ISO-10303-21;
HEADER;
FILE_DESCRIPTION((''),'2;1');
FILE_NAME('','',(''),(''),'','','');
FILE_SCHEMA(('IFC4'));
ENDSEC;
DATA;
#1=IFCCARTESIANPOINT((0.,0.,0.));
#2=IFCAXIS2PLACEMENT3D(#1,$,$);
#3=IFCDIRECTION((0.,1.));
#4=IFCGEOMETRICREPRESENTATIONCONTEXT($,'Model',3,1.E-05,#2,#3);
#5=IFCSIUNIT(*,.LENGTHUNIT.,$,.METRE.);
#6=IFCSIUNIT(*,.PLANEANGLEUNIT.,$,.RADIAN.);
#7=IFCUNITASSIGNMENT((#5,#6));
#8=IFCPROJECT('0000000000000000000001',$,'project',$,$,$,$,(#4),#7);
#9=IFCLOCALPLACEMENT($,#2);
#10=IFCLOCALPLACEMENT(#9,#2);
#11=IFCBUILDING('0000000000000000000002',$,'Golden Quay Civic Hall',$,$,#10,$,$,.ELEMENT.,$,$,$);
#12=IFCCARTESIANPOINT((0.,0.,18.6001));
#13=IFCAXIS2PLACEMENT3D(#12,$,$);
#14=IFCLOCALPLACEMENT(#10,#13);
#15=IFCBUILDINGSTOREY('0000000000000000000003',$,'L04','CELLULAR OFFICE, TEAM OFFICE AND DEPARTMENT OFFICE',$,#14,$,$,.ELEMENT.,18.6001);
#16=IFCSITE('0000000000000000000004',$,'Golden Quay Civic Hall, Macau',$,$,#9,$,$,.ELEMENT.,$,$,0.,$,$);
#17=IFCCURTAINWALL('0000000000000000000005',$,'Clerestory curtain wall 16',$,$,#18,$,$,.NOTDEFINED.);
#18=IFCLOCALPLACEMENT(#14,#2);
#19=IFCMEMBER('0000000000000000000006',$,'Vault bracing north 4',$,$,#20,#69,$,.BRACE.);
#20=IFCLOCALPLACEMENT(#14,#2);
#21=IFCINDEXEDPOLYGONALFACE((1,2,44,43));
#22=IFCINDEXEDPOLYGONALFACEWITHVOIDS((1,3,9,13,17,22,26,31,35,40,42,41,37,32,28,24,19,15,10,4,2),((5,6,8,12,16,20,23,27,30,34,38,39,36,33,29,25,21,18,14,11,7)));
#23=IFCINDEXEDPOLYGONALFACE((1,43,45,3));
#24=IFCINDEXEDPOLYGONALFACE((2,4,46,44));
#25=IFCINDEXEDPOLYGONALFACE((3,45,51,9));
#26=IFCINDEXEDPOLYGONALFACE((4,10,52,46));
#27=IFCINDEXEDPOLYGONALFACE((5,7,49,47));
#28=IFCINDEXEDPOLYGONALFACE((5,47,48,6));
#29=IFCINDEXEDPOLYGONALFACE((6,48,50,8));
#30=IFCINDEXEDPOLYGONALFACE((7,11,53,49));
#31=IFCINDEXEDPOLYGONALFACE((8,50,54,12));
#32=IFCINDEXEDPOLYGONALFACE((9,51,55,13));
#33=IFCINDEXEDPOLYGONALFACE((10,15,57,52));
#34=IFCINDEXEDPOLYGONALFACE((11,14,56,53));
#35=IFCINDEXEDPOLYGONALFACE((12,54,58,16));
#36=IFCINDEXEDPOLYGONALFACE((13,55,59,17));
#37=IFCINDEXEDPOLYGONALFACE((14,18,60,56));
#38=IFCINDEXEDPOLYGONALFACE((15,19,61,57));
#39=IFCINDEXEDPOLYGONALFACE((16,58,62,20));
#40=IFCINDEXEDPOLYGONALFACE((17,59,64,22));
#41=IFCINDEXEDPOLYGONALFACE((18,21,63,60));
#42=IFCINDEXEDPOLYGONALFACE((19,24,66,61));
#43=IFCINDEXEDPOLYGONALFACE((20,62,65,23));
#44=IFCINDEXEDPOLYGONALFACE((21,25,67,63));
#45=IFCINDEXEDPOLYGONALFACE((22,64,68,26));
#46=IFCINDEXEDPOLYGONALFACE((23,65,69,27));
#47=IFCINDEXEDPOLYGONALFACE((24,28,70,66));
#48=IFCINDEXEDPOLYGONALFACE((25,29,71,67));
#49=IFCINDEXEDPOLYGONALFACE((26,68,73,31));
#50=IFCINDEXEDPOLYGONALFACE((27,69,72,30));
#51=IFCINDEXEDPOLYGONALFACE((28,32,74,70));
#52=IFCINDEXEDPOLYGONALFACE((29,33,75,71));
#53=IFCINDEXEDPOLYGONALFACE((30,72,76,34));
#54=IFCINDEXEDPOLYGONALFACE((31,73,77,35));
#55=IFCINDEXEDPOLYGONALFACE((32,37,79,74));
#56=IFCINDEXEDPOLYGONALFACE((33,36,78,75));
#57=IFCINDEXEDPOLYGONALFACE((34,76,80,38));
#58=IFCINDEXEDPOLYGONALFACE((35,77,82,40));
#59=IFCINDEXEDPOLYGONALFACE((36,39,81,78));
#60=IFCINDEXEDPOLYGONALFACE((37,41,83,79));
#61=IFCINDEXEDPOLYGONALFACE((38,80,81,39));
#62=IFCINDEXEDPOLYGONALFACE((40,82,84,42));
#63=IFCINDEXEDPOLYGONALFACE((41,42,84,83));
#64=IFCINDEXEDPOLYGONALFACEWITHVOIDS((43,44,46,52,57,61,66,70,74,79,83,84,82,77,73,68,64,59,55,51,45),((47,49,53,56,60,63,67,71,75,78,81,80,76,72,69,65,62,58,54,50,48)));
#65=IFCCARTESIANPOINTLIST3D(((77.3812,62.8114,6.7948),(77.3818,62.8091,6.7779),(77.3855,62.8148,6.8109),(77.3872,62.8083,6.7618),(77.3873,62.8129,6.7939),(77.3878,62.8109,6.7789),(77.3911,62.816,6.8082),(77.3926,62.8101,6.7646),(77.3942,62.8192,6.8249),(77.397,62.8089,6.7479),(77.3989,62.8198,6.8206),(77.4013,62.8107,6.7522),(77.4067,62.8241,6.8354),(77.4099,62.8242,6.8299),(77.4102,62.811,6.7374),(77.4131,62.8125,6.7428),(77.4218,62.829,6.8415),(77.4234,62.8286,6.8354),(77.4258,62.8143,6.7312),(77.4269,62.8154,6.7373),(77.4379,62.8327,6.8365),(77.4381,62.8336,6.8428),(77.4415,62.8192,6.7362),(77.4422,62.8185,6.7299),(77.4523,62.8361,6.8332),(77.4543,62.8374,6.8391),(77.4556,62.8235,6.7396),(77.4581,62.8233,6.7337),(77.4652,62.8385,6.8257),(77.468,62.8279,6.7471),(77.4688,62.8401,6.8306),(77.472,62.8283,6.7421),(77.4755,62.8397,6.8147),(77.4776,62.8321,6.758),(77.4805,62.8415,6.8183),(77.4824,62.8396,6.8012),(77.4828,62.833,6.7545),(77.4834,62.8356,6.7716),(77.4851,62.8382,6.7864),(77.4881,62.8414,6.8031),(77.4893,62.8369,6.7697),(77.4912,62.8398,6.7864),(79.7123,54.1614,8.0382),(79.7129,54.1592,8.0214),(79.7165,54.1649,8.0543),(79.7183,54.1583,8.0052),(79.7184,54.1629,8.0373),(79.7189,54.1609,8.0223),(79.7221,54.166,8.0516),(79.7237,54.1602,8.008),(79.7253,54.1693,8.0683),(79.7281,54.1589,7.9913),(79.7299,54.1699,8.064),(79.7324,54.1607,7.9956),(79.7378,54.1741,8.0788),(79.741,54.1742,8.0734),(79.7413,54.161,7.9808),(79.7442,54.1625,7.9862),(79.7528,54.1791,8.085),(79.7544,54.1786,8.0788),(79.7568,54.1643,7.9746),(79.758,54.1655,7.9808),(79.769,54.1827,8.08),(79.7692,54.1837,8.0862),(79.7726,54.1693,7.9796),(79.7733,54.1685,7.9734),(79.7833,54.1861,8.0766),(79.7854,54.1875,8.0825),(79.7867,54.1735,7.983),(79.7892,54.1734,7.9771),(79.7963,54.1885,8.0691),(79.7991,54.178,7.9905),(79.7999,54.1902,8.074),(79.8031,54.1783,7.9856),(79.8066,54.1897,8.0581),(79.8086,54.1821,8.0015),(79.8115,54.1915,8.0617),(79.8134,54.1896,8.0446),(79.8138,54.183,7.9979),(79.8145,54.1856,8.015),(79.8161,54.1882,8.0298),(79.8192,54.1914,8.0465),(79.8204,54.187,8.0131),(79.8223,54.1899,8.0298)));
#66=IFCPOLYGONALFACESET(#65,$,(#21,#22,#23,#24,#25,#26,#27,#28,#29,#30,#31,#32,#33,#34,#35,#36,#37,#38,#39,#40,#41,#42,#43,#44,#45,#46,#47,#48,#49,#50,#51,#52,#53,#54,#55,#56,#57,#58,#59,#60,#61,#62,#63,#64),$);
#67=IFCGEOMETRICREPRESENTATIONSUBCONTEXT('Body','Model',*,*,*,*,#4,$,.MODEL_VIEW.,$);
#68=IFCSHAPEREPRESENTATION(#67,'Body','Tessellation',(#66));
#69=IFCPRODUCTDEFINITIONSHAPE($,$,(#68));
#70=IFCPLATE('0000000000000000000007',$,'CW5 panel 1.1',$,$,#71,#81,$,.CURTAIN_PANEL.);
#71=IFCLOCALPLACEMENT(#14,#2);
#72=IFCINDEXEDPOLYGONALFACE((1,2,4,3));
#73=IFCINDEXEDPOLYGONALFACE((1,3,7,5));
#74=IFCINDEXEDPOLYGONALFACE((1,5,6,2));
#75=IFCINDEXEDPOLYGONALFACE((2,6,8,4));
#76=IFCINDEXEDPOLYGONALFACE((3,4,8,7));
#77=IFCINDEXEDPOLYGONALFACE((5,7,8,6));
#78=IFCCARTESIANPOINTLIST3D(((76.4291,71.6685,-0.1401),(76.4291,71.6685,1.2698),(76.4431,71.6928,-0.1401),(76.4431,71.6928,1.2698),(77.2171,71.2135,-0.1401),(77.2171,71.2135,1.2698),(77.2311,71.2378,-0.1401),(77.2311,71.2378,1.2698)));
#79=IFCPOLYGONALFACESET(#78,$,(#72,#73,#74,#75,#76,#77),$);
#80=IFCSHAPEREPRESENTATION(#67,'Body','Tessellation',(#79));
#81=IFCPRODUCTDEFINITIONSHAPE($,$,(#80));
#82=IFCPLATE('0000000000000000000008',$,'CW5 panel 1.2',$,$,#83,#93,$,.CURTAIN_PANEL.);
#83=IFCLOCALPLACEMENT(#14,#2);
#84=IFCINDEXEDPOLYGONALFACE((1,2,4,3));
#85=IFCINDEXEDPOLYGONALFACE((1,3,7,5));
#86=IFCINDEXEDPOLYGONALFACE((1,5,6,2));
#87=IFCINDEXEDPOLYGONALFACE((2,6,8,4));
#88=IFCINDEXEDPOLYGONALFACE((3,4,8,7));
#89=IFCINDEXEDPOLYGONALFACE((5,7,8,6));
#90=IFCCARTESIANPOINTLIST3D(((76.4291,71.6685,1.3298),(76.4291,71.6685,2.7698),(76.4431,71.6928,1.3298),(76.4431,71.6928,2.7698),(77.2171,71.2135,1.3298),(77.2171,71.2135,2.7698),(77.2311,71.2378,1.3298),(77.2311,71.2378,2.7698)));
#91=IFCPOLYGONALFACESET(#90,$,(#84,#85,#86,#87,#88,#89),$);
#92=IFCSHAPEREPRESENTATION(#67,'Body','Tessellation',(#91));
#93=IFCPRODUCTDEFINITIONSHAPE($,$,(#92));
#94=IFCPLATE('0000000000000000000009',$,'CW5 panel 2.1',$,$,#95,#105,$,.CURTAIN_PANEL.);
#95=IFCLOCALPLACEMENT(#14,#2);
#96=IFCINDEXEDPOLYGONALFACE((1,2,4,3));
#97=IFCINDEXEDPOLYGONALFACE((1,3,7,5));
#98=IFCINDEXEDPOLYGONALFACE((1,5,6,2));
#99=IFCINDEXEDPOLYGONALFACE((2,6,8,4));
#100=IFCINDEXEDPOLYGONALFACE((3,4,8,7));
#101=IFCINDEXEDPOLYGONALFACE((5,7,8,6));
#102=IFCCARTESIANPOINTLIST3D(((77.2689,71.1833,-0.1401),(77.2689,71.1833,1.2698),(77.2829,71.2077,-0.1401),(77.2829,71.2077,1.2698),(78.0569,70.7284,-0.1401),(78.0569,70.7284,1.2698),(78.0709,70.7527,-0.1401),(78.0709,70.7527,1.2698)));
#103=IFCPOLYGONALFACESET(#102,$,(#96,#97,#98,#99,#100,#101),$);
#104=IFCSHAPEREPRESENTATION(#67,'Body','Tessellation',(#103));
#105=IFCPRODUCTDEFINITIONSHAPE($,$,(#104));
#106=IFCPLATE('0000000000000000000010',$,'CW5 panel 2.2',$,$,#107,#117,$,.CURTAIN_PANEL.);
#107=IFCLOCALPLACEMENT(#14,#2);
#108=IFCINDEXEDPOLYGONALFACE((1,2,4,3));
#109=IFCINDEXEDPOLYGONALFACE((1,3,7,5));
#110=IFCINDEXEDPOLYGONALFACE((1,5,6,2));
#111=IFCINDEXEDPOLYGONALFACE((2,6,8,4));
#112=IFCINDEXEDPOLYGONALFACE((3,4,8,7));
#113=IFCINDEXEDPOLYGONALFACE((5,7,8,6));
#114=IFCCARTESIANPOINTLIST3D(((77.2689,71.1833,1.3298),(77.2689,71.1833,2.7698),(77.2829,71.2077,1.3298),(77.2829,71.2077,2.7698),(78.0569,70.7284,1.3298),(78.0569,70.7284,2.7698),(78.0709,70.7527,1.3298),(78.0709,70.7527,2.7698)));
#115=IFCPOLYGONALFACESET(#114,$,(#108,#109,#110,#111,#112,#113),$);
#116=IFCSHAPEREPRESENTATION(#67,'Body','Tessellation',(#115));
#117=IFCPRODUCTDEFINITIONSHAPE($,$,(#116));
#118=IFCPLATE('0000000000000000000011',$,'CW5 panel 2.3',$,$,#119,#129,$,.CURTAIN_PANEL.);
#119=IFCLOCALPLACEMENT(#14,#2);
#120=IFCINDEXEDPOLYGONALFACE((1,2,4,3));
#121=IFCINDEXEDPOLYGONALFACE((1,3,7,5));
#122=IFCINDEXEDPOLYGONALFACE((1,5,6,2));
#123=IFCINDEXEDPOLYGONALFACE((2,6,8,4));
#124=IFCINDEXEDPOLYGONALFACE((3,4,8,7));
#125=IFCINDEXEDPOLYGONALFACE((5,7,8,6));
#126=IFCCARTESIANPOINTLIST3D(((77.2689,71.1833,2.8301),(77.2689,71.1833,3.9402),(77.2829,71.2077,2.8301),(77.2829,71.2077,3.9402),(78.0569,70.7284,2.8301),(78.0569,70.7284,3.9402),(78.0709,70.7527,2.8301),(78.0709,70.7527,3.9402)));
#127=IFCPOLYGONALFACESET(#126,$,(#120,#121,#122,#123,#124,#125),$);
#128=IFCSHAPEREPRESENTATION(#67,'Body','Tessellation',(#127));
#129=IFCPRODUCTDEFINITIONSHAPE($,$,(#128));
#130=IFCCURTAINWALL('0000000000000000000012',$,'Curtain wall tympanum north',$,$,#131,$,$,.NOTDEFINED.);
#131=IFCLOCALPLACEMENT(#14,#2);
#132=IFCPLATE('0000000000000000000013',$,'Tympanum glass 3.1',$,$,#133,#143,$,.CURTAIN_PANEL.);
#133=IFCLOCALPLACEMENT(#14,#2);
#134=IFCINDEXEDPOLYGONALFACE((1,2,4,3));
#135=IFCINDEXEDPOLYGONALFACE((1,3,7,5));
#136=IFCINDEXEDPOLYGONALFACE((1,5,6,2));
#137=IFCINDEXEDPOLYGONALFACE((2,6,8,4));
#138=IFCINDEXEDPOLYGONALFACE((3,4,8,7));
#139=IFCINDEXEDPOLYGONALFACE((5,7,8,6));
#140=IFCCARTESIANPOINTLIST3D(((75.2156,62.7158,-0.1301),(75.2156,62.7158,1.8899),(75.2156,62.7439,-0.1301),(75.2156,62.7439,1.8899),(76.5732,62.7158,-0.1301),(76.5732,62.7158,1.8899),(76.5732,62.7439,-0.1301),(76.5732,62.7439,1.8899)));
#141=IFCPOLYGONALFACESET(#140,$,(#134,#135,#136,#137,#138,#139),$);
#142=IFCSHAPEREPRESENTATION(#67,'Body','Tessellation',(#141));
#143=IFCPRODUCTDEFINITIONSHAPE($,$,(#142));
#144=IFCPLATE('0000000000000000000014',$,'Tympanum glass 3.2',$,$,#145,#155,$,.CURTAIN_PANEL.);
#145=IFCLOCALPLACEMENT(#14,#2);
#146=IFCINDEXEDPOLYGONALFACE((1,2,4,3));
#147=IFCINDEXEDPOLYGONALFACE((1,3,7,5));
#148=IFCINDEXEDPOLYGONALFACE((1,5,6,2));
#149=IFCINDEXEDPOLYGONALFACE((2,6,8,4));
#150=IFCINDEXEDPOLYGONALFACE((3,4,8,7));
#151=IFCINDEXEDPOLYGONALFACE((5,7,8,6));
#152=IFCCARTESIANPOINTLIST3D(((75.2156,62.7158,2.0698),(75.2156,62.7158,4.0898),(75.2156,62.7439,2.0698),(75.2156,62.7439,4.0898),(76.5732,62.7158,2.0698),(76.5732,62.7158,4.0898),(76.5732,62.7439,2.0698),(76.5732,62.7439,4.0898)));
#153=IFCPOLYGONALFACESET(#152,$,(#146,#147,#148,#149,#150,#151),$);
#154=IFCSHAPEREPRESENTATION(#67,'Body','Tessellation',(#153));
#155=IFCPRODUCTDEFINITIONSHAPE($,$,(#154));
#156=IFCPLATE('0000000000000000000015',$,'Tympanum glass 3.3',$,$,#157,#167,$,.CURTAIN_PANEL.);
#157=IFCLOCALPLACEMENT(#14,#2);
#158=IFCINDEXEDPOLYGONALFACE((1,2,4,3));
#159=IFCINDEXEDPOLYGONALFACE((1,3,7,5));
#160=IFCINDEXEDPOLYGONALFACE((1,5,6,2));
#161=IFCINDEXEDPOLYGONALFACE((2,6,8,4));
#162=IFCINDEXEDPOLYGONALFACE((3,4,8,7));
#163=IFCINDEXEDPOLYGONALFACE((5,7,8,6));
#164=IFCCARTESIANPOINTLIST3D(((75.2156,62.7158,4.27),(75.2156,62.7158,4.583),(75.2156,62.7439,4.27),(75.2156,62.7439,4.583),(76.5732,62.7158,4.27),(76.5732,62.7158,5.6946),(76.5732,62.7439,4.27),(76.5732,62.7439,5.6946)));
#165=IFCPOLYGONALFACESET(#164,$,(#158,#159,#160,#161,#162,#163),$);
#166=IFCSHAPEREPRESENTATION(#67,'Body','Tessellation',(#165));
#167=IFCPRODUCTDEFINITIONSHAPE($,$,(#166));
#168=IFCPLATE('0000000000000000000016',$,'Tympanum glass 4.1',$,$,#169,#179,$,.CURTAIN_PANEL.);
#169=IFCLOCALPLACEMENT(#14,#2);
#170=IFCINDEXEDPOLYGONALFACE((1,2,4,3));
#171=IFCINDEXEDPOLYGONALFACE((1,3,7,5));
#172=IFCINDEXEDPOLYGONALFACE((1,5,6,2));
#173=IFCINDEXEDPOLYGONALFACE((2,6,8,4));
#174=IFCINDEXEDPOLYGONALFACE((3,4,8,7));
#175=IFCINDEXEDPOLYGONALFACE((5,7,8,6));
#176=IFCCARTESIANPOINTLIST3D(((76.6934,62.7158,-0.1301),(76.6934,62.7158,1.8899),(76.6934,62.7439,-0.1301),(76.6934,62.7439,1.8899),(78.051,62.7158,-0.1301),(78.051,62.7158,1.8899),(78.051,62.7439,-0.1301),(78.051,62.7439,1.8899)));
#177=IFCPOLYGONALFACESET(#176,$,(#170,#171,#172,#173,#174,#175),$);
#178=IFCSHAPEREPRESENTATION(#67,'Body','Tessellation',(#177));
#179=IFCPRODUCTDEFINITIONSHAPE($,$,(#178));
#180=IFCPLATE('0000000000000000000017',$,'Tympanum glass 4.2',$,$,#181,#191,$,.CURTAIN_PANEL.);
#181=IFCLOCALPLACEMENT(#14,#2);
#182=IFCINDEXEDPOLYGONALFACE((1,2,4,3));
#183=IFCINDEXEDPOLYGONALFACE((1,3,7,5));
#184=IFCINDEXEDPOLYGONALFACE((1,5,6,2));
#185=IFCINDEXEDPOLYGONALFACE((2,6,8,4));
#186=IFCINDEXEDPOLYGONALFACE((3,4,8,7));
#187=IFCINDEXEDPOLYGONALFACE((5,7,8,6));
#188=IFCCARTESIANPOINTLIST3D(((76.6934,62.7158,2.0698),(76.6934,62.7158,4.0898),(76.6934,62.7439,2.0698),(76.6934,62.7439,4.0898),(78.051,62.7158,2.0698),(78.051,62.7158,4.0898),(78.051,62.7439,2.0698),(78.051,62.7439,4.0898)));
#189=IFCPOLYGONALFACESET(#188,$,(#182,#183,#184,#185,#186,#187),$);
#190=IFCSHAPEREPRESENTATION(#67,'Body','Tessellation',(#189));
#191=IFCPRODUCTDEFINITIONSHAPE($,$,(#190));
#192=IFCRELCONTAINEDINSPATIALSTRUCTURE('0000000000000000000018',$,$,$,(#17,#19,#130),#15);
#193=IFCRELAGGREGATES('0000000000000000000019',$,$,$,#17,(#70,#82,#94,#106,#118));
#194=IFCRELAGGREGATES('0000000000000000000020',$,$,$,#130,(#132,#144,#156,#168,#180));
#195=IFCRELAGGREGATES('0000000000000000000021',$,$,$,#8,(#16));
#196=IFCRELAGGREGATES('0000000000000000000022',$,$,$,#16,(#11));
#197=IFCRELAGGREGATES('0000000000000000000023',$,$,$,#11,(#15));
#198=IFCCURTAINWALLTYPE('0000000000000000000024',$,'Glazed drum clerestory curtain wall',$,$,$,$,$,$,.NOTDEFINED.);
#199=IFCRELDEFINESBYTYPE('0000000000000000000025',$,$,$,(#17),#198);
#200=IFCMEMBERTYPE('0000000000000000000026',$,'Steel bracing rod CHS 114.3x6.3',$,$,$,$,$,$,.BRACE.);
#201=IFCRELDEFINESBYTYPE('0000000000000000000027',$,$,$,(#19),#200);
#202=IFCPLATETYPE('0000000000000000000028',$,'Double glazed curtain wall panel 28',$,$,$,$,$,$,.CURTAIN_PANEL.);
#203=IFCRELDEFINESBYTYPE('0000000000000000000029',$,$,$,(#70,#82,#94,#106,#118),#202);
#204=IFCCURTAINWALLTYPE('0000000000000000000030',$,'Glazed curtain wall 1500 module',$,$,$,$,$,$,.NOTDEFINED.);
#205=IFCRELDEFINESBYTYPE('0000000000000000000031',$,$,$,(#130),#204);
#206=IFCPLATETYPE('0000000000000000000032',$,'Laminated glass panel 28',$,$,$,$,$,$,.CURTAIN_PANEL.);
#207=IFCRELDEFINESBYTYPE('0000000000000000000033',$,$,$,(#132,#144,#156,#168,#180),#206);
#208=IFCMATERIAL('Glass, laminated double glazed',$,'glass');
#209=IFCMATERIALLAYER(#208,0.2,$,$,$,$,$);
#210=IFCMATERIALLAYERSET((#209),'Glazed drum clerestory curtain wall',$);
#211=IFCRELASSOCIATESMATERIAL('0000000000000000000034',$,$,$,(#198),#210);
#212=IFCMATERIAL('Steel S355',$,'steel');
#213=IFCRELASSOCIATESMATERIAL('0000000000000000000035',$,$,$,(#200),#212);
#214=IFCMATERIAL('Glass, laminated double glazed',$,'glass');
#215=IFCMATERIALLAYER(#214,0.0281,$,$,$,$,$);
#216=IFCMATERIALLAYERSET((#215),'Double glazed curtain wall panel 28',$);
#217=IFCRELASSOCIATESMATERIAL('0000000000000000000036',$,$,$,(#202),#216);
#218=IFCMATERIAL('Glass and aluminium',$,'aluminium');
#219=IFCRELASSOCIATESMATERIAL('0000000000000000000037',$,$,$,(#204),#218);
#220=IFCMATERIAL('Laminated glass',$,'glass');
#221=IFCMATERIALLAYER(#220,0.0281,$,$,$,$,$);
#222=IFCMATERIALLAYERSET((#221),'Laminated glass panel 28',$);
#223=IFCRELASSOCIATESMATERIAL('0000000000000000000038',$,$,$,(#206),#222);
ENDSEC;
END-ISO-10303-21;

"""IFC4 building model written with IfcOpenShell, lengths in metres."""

from ifc_helpers import new_model, si_unit, direction, frame, origin, origin_2d, place, context, subcontext, project, spatial, polyline, rectangle, hollow_circle, outline, extrude, material, layer, layer_set, material_profile, profile_set, type_object, element, aggregate, save


model = new_model("IFC4")

# Units and contexts
model_context = context("Model", 3, precision=1e-05, world=origin(), true_north=direction((0.0, 1.0)))
body_context = subcontext(model_context, "Body", "Model", "MODEL_VIEW")
ifc_project = project(units=[si_unit("LENGTHUNIT", "METRE"), si_unit("PLANEANGLEUNIT", "RADIAN")], contexts=[model_context])

# Site, building, storey
site_placement = place(None, origin())
site = spatial("IfcSite", under=ifc_project, at=site_placement, Name="Golden Quay Civic Hall, Macau", CompositionType="ELEMENT", RefElevation=0.0)
building_placement = place(site_placement, origin())
building = spatial("IfcBuilding", under=site, at=building_placement, Name="Golden Quay Civic Hall", CompositionType="ELEMENT")
storey_placement = place(building_placement, frame((0.0, 0.0, 18.6001)))
storey = spatial("IfcBuildingStorey", under=building, at=storey_placement, Name="L04", Description="CELLULAR OFFICE, TEAM OFFICE AND DEPARTMENT OFFICE", CompositionType="ELEMENT", Elevation=18.6001)

# Curtain wall
ifc_material_1 = material(Name="Glass, laminated double glazed", Category="glass")
ifc_layer_1 = layer(ifc_material_1, 0.2)
ifc_layer_set_1 = layer_set([ifc_layer_1], Name="Glazed drum clerestory curtain wall")
curtain_wall_type_1 = type_object("IfcCurtainWallType", Name="Glazed drum clerestory curtain wall", PredefinedType="NOTDEFINED", material=ifc_layer_set_1)
curtain_wall_1_placement = place(storey_placement, origin())
curtain_wall_1 = element("IfcCurtainWall", 1, at=curtain_wall_1_placement, inside=storey, type_object=curtain_wall_type_1, Name="Clerestory curtain wall 16", PredefinedType="NOTDEFINED")

# Member
ifc_material_2 = material(Name="Steel S355", Category="steel")
ifc_material_profile_1 = material_profile(ifc_material_2, hollow_circle(Radius=0.0571, WallThickness=0.0063, at=origin_2d()), Name="CHS 114.3x6.3")
ifc_profile_set_1 = profile_set([ifc_material_profile_1], Name="Steel S355")
member_type_1 = type_object("IfcMemberType", Name="Steel bracing rod CHS 114.3x6.3", PredefinedType="BRACE", material=ifc_profile_set_1)
for number, where, z_axis, x_axis, name in (
    (2, (77.436, 62.825, 6.7864), (0.257735, -0.956385, 0.137479), (0.965553, 0.260206, 0.0), "Vault bracing north 4"),
):
    element("IfcMember", number, at=place(storey_placement, frame(where, z_axis=z_axis, x_axis=x_axis)), inside=storey, type_object=member_type_1, Name=name, PredefinedType="BRACE", context=body_context, shape_type="SweptSolid", body=[
        extrude(hollow_circle(Radius=0.0571, WallThickness=0.0063, at=origin_2d()), origin(), (0.0, 0.0, 1.0), 9.0444),
    ])

# Plates
ifc_material_3 = material(Name="Glass, laminated double glazed", Category="glass")
ifc_layer_2 = layer(ifc_material_3, 0.0281)
ifc_layer_set_2 = layer_set([ifc_layer_2], Name="Double glazed curtain wall panel 28")
plate_type_1 = type_object("IfcPlateType", Name="Double glazed curtain wall panel 28", PredefinedType="CURTAIN_PANEL", material=ifc_layer_set_2)
plate_1_placement = place(storey_placement, frame((76.8301, 71.4531, -0.1401), z_axis=(0.0, 0.0, 1.0), x_axis=(0.866019, -0.500011, 0.0)))
plate_1 = element("IfcPlate", 3, at=plate_1_placement, type_object=plate_type_1, Name="CW5 panel 1.1", PredefinedType="CURTAIN_PANEL", context=body_context, shape_type="SweptSolid", body=[
    extrude(rectangle(XDim=0.9099, YDim=0.0281, at=origin_2d()), origin(), (0.0, 0.0, 1.0), 1.4099),
])
plate_2_placement = place(storey_placement, frame((76.8301, 71.4531, 1.3298), z_axis=(0.0, 0.0, 1.0), x_axis=(0.866019, -0.500011, 0.0)))
plate_2 = element("IfcPlate", 4, at=plate_2_placement, type_object=plate_type_1, Name="CW5 panel 1.2", PredefinedType="CURTAIN_PANEL", context=body_context, shape_type="SweptSolid", body=[
    extrude(rectangle(XDim=0.9099, YDim=0.0281, at=origin_2d()), origin(), (0.0, 0.0, 1.0), 1.4399),
])
plate_3_placement = place(storey_placement, frame((77.6699, 70.968, -0.1401), z_axis=(0.0, 0.0, 1.0), x_axis=(0.866019, -0.500011, 0.0)))
plate_3 = element("IfcPlate", 5, at=plate_3_placement, type_object=plate_type_1, Name="CW5 panel 2.1", PredefinedType="CURTAIN_PANEL", context=body_context, shape_type="SweptSolid", body=[
    extrude(rectangle(XDim=0.9099, YDim=0.0281, at=origin_2d()), origin(), (0.0, 0.0, 1.0), 1.4099),
])
plate_4_placement = place(storey_placement, frame((77.6699, 70.968, 1.3298), z_axis=(0.0, 0.0, 1.0), x_axis=(0.866019, -0.500011, 0.0)))
plate_4 = element("IfcPlate", 6, at=plate_4_placement, type_object=plate_type_1, Name="CW5 panel 2.2", PredefinedType="CURTAIN_PANEL", context=body_context, shape_type="SweptSolid", body=[
    extrude(rectangle(XDim=0.9099, YDim=0.0281, at=origin_2d()), origin(), (0.0, 0.0, 1.0), 1.4399),
])
plate_5_placement = place(storey_placement, frame((77.6699, 70.968, 2.8301), z_axis=(0.0, 0.0, 1.0), x_axis=(0.866019, -0.500011, 0.0)))
plate_5 = element("IfcPlate", 7, at=plate_5_placement, type_object=plate_type_1, Name="CW5 panel 2.3", PredefinedType="CURTAIN_PANEL", context=body_context, shape_type="SweptSolid", body=[
    extrude(rectangle(XDim=0.9099, YDim=0.0281, at=origin_2d()), origin(), (0.0, 0.0, 1.0), 1.1101),
])
aggregate(curtain_wall_1, [plate_1, plate_2, plate_3, plate_4, plate_5])

# Curtain wall, plates
ifc_material_4 = material(Name="Glass and aluminium", Category="aluminium")
curtain_wall_type_2 = type_object("IfcCurtainWallType", Name="Glazed curtain wall 1500 module", PredefinedType="NOTDEFINED", material=ifc_material_4)
curtain_wall_2_placement = place(storey_placement, origin())
curtain_wall_2 = element("IfcCurtainWall", 8, at=curtain_wall_2_placement, inside=storey, type_object=curtain_wall_type_2, Name="Curtain wall tympanum north", PredefinedType="NOTDEFINED")
ifc_material_5 = material(Name="Laminated glass", Category="glass")
ifc_layer_3 = layer(ifc_material_5, 0.0281)
ifc_layer_set_3 = layer_set([ifc_layer_3], Name="Laminated glass panel 28")
plate_type_2 = type_object("IfcPlateType", Name="Laminated glass panel 28", PredefinedType="CURTAIN_PANEL", material=ifc_layer_set_3)
plate_6_placement = place(storey_placement, frame((76.5732, 62.7439, -0.1301), z_axis=(0.0, 1.0, 0.0), x_axis=(-1.0, 0.0, 0.0)))
plate_6 = element("IfcPlate", 9, at=plate_6_placement, type_object=plate_type_2, Name="Tympanum glass 3.1", PredefinedType="CURTAIN_PANEL", context=body_context, shape_type="SweptSolid", body=[
    extrude(outline(polyline([(0.0, 0.0), (1.3577, 0.0), (1.3577, 2.02), (0.0, 2.02), (0.0, 0.0)])), origin(), (0.0, 0.0, -1.0), 0.0281),
])
plate_7_placement = place(storey_placement, frame((76.5732, 62.7439, 2.0698), z_axis=(0.0, 1.0, 0.0), x_axis=(-1.0, 0.0, 0.0)))
plate_7 = element("IfcPlate", 10, at=plate_7_placement, type_object=plate_type_2, Name="Tympanum glass 3.2", PredefinedType="CURTAIN_PANEL", context=body_context, shape_type="SweptSolid", body=[
    extrude(outline(polyline([(0.0, 0.0), (1.3577, 0.0), (1.3577, 2.02), (0.0, 2.02), (0.0, 0.0)])), origin(), (0.0, 0.0, -1.0), 0.0281),
])
plate_8_placement = place(storey_placement, frame((76.5732, 62.7439, 4.27), z_axis=(0.0, 1.0, 0.0), x_axis=(-1.0, 0.0, 0.0)))
plate_8 = element("IfcPlate", 11, at=plate_8_placement, type_object=plate_type_2, Name="Tympanum glass 3.3", PredefinedType="CURTAIN_PANEL", context=body_context, shape_type="SweptSolid", body=[
    extrude(outline(polyline([(0.0, 0.0), (1.3577, 0.0), (1.3577, 0.313), (0.0, 1.4246), (0.0, 0.0)])), origin(), (0.0, 0.0, -1.0), 0.0281),
])
plate_9_placement = place(storey_placement, frame((78.051, 62.7439, -0.1301), z_axis=(0.0, 1.0, 0.0), x_axis=(-1.0, 0.0, 0.0)))
plate_9 = element("IfcPlate", 12, at=plate_9_placement, type_object=plate_type_2, Name="Tympanum glass 4.1", PredefinedType="CURTAIN_PANEL", context=body_context, shape_type="SweptSolid", body=[
    extrude(outline(polyline([(0.0, 0.0), (1.3577, 0.0), (1.3577, 2.02), (0.0, 2.02), (0.0, 0.0)])), origin(), (0.0, 0.0, -1.0), 0.0281),
])
plate_10_placement = place(storey_placement, frame((78.051, 62.7439, 2.0698), z_axis=(0.0, 1.0, 0.0), x_axis=(-1.0, 0.0, 0.0)))
plate_10 = element("IfcPlate", 13, at=plate_10_placement, type_object=plate_type_2, Name="Tympanum glass 4.2", PredefinedType="CURTAIN_PANEL", context=body_context, shape_type="SweptSolid", body=[
    extrude(outline(polyline([(0.0, 0.0), (1.3577, 0.0), (1.3577, 2.02), (0.0, 2.02), (0.0, 0.0)])), origin(), (0.0, 0.0, -1.0), 0.0281),
])
aggregate(curtain_wall_2, [plate_6, plate_7, plate_8, plate_9, plate_10])

save(model, "model.ifc")
